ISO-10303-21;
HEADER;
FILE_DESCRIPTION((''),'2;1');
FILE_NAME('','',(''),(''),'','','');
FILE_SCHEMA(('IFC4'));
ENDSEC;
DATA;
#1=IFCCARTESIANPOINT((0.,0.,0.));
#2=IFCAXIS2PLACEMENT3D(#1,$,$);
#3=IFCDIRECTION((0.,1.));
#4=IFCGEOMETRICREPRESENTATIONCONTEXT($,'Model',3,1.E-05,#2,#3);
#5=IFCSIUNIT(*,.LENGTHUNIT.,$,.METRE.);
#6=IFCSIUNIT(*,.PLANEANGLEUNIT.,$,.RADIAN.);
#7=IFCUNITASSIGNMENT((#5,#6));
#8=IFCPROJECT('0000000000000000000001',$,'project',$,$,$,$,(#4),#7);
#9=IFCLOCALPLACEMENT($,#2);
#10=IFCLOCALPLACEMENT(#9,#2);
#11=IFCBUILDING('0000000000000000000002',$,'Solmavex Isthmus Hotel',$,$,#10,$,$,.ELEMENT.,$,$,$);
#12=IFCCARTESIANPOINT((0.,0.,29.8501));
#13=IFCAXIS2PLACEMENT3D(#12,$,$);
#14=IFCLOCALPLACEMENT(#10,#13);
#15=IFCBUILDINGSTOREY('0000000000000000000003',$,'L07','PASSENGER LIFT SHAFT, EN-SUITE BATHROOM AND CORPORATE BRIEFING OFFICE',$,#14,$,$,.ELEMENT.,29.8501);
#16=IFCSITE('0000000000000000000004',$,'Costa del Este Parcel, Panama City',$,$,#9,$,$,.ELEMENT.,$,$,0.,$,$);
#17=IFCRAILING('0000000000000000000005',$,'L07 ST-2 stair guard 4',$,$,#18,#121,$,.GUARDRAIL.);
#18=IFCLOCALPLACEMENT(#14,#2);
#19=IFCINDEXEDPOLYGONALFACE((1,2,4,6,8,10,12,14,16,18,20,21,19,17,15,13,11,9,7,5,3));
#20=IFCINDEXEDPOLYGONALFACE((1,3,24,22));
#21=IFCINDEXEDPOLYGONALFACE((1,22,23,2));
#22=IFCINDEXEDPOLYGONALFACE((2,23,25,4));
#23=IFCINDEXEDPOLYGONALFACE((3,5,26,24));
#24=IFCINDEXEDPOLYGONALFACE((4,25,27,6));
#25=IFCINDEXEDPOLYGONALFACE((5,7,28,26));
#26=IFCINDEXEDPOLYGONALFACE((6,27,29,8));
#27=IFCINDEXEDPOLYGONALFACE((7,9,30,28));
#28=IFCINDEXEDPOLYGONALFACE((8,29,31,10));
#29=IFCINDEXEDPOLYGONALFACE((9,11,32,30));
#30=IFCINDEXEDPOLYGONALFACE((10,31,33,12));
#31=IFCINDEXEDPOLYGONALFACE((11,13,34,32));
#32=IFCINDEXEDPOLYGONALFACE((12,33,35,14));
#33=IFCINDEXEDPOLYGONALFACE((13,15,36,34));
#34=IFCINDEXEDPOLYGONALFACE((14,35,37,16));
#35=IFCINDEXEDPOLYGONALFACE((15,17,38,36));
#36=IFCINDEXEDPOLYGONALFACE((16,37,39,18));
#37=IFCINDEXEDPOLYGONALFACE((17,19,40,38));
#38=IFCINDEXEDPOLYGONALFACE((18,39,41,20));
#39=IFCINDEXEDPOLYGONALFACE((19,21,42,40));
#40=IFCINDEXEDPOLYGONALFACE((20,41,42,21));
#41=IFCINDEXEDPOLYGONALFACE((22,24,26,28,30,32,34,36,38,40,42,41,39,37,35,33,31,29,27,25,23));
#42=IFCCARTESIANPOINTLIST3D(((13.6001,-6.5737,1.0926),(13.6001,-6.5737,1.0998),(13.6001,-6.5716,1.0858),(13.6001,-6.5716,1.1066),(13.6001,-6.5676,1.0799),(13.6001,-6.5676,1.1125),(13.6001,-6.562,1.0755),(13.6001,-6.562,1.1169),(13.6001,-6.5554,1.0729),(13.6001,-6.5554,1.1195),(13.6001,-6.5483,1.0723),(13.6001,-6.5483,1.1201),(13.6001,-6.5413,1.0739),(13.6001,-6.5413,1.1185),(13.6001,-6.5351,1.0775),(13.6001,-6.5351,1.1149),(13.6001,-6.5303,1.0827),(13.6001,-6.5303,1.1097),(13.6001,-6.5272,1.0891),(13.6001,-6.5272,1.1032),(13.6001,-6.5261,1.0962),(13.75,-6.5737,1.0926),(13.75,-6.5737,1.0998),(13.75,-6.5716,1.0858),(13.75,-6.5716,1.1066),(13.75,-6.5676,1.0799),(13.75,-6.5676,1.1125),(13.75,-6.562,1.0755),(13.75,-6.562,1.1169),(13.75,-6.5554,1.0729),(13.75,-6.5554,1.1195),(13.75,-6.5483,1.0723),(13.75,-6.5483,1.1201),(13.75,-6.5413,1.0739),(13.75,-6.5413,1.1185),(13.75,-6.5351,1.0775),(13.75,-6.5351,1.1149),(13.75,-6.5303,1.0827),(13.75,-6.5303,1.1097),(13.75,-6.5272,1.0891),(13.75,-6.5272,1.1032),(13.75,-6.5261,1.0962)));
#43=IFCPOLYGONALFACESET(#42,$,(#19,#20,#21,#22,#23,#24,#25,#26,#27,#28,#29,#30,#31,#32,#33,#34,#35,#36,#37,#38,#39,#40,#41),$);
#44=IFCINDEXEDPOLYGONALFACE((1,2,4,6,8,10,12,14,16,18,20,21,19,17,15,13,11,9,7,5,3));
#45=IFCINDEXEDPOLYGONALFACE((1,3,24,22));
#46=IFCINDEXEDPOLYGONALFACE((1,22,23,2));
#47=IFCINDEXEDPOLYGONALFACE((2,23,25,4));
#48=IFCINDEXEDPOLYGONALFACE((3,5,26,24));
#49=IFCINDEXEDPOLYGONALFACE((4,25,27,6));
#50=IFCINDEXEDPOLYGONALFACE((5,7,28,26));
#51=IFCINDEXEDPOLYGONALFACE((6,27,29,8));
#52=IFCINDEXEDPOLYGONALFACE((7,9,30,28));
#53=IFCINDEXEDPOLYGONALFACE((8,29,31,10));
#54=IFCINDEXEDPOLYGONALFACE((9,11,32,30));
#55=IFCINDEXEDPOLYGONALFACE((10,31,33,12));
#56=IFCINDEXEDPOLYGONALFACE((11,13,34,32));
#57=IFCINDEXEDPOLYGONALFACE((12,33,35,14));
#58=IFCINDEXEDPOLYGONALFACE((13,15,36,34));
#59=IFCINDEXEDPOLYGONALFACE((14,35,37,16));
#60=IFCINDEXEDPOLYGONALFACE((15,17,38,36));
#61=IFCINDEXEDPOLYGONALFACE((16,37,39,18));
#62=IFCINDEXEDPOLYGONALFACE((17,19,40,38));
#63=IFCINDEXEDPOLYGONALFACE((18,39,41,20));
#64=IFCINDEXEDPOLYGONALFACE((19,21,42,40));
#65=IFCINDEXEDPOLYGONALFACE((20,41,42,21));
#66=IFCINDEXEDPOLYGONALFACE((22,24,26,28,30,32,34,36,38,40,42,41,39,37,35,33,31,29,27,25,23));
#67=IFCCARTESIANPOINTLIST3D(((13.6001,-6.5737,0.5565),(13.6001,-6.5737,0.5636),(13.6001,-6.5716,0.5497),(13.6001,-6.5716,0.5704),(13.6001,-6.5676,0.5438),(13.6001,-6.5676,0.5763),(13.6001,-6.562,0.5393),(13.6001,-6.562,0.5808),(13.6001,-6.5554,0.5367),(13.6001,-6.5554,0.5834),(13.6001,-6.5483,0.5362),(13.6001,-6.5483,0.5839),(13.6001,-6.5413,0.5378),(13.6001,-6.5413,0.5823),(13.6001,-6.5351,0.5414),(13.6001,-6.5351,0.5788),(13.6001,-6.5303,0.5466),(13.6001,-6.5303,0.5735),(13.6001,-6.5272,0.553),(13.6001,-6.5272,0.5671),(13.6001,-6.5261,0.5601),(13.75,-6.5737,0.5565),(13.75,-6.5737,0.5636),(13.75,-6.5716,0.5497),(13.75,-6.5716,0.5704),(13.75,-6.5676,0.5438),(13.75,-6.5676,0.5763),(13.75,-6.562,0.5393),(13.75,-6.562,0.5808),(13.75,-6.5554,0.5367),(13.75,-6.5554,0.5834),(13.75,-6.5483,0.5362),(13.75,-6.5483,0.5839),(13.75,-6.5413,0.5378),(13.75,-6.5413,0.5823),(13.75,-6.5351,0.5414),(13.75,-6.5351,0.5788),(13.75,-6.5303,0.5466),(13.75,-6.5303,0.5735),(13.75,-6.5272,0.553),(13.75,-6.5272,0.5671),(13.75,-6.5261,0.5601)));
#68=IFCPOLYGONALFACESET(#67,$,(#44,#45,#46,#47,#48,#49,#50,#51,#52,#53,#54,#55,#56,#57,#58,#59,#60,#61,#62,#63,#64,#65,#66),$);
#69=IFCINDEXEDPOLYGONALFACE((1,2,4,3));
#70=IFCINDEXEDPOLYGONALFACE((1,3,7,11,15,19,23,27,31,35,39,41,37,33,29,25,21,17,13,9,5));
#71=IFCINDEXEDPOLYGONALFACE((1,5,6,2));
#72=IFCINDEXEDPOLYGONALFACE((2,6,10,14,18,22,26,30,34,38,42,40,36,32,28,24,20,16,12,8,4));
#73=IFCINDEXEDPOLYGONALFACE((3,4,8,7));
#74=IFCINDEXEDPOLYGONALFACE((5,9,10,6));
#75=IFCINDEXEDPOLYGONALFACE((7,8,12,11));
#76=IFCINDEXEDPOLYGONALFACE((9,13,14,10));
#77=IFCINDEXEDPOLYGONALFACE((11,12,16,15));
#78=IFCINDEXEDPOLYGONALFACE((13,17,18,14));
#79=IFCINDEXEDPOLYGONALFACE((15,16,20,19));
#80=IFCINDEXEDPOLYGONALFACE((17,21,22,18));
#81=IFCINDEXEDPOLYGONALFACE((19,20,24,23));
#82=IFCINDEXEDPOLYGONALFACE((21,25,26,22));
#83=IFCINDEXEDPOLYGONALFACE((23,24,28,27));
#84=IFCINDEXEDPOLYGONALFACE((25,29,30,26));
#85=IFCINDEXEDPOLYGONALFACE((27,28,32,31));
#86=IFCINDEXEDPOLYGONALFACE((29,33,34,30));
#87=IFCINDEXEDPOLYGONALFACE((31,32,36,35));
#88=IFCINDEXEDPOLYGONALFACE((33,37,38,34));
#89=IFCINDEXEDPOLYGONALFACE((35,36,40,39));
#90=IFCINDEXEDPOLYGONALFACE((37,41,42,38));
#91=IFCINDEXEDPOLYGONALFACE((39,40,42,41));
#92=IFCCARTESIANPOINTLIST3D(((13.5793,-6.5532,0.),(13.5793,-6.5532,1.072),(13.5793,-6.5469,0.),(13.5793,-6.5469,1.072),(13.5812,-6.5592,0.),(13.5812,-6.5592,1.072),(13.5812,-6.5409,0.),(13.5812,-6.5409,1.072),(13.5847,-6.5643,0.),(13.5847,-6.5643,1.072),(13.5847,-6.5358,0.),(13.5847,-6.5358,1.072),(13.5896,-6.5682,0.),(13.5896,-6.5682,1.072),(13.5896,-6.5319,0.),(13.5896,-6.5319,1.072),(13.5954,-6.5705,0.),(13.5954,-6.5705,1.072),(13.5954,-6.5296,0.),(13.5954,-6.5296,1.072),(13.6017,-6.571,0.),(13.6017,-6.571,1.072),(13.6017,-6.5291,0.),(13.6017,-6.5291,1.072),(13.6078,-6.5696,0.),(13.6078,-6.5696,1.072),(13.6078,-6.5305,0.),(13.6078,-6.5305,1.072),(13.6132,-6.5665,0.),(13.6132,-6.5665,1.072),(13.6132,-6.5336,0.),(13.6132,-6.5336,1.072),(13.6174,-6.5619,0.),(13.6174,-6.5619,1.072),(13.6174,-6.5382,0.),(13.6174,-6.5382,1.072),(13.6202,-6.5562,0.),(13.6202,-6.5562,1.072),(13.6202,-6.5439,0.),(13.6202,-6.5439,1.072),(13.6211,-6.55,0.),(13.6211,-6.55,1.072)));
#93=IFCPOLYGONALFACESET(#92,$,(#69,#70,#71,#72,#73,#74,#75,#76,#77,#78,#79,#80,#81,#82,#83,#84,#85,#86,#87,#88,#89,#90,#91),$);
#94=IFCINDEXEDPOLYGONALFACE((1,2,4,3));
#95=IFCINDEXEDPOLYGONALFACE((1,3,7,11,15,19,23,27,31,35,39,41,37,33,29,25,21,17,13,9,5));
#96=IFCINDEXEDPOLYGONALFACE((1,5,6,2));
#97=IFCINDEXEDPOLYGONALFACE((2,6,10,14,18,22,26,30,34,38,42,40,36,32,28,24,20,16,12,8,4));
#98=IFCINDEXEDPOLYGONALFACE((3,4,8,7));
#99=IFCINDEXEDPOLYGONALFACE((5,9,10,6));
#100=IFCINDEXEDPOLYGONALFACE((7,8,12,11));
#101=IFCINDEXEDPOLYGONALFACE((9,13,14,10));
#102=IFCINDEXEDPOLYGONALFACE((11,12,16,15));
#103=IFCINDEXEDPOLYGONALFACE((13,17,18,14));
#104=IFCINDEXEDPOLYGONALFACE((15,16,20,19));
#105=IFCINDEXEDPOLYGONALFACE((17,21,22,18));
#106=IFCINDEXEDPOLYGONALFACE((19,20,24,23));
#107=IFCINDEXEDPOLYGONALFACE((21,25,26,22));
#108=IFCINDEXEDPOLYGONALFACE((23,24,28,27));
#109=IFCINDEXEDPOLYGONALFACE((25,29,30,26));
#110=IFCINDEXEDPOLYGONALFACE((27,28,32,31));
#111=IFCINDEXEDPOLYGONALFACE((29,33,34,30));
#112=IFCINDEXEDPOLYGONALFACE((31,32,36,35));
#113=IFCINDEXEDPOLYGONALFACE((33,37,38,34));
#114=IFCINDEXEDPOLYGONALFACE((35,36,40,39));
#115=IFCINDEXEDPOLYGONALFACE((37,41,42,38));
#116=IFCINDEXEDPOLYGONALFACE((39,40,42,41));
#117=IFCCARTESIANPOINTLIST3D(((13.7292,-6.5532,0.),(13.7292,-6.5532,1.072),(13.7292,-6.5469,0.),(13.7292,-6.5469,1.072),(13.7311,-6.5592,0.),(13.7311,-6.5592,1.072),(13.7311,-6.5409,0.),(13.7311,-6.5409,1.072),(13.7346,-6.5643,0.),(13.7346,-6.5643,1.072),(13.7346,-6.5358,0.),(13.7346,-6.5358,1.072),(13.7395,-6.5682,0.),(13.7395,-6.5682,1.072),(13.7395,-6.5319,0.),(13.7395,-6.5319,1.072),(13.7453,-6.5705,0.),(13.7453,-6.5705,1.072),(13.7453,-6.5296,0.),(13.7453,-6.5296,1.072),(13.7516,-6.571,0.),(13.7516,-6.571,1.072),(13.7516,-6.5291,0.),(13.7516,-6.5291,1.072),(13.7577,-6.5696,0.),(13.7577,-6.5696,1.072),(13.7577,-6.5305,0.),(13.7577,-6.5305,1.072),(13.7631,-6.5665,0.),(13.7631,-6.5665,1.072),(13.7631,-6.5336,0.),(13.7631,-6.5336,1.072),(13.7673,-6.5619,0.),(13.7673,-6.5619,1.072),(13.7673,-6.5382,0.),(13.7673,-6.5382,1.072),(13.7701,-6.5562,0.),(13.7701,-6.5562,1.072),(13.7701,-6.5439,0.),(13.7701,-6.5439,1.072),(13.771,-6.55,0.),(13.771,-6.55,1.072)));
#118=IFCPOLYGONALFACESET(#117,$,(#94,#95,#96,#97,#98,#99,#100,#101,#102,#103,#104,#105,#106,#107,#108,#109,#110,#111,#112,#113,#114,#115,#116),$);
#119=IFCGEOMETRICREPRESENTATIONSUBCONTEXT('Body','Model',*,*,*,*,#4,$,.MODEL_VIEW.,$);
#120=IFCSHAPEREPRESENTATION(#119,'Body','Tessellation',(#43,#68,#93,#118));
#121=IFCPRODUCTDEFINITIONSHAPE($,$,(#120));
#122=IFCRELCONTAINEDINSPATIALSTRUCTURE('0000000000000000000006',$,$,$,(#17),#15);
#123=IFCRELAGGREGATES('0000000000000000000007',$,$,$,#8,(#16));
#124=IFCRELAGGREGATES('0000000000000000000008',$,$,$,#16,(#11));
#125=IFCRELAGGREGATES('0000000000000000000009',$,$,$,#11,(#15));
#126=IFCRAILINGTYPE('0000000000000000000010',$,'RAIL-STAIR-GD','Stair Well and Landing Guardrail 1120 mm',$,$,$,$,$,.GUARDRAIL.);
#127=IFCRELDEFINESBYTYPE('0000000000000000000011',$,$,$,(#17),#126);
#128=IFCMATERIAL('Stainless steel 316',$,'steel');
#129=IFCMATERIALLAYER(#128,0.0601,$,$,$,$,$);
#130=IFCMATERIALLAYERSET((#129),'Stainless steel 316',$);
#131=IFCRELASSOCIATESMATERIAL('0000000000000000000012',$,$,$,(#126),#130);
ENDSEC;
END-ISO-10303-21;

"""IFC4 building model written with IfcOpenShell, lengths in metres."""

from ifc_helpers import new_model, si_unit, direction, frame, origin, origin_2d, place, context, subcontext, project, spatial, circle, extrude, material, layer, layer_set, type_object, element, save


model = new_model("IFC4")

# Units and contexts
model_context = context("Model", 3, precision=1e-05, world=origin(), true_north=direction((0.0, 1.0)))
body_context = subcontext(model_context, "Body", "Model", "MODEL_VIEW")
ifc_project = project(units=[si_unit("LENGTHUNIT", "METRE"), si_unit("PLANEANGLEUNIT", "RADIAN")], contexts=[model_context])

# Site, building, storey
site_placement = place(None, origin())
site = spatial("IfcSite", under=ifc_project, at=site_placement, Name="Costa del Este Parcel, Panama City", CompositionType="ELEMENT", RefElevation=0.0)
building_placement = place(site_placement, origin())
building = spatial("IfcBuilding", under=site, at=building_placement, Name="Solmavex Isthmus Hotel", CompositionType="ELEMENT")
storey_placement = place(building_placement, frame((0.0, 0.0, 29.8501)))
storey = spatial("IfcBuildingStorey", under=building, at=storey_placement, Name="L07", Description="PASSENGER LIFT SHAFT, EN-SUITE BATHROOM AND CORPORATE BRIEFING OFFICE", CompositionType="ELEMENT", Elevation=29.8501)

# Railing
ifc_material_1 = material(Name="Stainless steel 316", Category="steel")
ifc_layer_1 = layer(ifc_material_1, 0.0601)
ifc_layer_set_1 = layer_set([ifc_layer_1], Name="Stainless steel 316")
railing_type_1 = type_object("IfcRailingType", Name="RAIL-STAIR-GD", Description="Stair Well and Landing Guardrail 1120 mm", PredefinedType="GUARDRAIL", material=ifc_layer_set_1)
railing_1_placement = place(storey_placement, frame((13.6001, -6.55, 0.0)))
element("IfcRailing", 1, at=railing_1_placement, inside=storey, type_object=railing_type_1, Name="L07 ST-2 stair guard 4", PredefinedType="GUARDRAIL", context=body_context, shape_type="SweptSolid", body=[
    extrude(circle(Radius=0.0239, at=origin_2d()), frame((0.0, 0.0, 1.0962), z_axis=(1.0, 0.0, 0.0), x_axis=(0.0, 1.0, 0.0)), (0.0, 0.0, 1.0), 0.1499),
    extrude(circle(Radius=0.0239, at=origin_2d()), frame((0.0, 0.0, 0.5601), z_axis=(1.0, 0.0, 0.0), x_axis=(0.0, 1.0, 0.0)), (0.0, 0.0, 1.0), 0.1499),
    extrude(circle(Radius=0.021, at=origin_2d()), origin(), (0.0, 0.0, 1.0), 1.072),
    extrude(circle(Radius=0.021, at=origin_2d()), frame((0.1499, 0.0, 0.0)), (0.0, 0.0, 1.0), 1.072),
])

save(model, "model.ifc")
